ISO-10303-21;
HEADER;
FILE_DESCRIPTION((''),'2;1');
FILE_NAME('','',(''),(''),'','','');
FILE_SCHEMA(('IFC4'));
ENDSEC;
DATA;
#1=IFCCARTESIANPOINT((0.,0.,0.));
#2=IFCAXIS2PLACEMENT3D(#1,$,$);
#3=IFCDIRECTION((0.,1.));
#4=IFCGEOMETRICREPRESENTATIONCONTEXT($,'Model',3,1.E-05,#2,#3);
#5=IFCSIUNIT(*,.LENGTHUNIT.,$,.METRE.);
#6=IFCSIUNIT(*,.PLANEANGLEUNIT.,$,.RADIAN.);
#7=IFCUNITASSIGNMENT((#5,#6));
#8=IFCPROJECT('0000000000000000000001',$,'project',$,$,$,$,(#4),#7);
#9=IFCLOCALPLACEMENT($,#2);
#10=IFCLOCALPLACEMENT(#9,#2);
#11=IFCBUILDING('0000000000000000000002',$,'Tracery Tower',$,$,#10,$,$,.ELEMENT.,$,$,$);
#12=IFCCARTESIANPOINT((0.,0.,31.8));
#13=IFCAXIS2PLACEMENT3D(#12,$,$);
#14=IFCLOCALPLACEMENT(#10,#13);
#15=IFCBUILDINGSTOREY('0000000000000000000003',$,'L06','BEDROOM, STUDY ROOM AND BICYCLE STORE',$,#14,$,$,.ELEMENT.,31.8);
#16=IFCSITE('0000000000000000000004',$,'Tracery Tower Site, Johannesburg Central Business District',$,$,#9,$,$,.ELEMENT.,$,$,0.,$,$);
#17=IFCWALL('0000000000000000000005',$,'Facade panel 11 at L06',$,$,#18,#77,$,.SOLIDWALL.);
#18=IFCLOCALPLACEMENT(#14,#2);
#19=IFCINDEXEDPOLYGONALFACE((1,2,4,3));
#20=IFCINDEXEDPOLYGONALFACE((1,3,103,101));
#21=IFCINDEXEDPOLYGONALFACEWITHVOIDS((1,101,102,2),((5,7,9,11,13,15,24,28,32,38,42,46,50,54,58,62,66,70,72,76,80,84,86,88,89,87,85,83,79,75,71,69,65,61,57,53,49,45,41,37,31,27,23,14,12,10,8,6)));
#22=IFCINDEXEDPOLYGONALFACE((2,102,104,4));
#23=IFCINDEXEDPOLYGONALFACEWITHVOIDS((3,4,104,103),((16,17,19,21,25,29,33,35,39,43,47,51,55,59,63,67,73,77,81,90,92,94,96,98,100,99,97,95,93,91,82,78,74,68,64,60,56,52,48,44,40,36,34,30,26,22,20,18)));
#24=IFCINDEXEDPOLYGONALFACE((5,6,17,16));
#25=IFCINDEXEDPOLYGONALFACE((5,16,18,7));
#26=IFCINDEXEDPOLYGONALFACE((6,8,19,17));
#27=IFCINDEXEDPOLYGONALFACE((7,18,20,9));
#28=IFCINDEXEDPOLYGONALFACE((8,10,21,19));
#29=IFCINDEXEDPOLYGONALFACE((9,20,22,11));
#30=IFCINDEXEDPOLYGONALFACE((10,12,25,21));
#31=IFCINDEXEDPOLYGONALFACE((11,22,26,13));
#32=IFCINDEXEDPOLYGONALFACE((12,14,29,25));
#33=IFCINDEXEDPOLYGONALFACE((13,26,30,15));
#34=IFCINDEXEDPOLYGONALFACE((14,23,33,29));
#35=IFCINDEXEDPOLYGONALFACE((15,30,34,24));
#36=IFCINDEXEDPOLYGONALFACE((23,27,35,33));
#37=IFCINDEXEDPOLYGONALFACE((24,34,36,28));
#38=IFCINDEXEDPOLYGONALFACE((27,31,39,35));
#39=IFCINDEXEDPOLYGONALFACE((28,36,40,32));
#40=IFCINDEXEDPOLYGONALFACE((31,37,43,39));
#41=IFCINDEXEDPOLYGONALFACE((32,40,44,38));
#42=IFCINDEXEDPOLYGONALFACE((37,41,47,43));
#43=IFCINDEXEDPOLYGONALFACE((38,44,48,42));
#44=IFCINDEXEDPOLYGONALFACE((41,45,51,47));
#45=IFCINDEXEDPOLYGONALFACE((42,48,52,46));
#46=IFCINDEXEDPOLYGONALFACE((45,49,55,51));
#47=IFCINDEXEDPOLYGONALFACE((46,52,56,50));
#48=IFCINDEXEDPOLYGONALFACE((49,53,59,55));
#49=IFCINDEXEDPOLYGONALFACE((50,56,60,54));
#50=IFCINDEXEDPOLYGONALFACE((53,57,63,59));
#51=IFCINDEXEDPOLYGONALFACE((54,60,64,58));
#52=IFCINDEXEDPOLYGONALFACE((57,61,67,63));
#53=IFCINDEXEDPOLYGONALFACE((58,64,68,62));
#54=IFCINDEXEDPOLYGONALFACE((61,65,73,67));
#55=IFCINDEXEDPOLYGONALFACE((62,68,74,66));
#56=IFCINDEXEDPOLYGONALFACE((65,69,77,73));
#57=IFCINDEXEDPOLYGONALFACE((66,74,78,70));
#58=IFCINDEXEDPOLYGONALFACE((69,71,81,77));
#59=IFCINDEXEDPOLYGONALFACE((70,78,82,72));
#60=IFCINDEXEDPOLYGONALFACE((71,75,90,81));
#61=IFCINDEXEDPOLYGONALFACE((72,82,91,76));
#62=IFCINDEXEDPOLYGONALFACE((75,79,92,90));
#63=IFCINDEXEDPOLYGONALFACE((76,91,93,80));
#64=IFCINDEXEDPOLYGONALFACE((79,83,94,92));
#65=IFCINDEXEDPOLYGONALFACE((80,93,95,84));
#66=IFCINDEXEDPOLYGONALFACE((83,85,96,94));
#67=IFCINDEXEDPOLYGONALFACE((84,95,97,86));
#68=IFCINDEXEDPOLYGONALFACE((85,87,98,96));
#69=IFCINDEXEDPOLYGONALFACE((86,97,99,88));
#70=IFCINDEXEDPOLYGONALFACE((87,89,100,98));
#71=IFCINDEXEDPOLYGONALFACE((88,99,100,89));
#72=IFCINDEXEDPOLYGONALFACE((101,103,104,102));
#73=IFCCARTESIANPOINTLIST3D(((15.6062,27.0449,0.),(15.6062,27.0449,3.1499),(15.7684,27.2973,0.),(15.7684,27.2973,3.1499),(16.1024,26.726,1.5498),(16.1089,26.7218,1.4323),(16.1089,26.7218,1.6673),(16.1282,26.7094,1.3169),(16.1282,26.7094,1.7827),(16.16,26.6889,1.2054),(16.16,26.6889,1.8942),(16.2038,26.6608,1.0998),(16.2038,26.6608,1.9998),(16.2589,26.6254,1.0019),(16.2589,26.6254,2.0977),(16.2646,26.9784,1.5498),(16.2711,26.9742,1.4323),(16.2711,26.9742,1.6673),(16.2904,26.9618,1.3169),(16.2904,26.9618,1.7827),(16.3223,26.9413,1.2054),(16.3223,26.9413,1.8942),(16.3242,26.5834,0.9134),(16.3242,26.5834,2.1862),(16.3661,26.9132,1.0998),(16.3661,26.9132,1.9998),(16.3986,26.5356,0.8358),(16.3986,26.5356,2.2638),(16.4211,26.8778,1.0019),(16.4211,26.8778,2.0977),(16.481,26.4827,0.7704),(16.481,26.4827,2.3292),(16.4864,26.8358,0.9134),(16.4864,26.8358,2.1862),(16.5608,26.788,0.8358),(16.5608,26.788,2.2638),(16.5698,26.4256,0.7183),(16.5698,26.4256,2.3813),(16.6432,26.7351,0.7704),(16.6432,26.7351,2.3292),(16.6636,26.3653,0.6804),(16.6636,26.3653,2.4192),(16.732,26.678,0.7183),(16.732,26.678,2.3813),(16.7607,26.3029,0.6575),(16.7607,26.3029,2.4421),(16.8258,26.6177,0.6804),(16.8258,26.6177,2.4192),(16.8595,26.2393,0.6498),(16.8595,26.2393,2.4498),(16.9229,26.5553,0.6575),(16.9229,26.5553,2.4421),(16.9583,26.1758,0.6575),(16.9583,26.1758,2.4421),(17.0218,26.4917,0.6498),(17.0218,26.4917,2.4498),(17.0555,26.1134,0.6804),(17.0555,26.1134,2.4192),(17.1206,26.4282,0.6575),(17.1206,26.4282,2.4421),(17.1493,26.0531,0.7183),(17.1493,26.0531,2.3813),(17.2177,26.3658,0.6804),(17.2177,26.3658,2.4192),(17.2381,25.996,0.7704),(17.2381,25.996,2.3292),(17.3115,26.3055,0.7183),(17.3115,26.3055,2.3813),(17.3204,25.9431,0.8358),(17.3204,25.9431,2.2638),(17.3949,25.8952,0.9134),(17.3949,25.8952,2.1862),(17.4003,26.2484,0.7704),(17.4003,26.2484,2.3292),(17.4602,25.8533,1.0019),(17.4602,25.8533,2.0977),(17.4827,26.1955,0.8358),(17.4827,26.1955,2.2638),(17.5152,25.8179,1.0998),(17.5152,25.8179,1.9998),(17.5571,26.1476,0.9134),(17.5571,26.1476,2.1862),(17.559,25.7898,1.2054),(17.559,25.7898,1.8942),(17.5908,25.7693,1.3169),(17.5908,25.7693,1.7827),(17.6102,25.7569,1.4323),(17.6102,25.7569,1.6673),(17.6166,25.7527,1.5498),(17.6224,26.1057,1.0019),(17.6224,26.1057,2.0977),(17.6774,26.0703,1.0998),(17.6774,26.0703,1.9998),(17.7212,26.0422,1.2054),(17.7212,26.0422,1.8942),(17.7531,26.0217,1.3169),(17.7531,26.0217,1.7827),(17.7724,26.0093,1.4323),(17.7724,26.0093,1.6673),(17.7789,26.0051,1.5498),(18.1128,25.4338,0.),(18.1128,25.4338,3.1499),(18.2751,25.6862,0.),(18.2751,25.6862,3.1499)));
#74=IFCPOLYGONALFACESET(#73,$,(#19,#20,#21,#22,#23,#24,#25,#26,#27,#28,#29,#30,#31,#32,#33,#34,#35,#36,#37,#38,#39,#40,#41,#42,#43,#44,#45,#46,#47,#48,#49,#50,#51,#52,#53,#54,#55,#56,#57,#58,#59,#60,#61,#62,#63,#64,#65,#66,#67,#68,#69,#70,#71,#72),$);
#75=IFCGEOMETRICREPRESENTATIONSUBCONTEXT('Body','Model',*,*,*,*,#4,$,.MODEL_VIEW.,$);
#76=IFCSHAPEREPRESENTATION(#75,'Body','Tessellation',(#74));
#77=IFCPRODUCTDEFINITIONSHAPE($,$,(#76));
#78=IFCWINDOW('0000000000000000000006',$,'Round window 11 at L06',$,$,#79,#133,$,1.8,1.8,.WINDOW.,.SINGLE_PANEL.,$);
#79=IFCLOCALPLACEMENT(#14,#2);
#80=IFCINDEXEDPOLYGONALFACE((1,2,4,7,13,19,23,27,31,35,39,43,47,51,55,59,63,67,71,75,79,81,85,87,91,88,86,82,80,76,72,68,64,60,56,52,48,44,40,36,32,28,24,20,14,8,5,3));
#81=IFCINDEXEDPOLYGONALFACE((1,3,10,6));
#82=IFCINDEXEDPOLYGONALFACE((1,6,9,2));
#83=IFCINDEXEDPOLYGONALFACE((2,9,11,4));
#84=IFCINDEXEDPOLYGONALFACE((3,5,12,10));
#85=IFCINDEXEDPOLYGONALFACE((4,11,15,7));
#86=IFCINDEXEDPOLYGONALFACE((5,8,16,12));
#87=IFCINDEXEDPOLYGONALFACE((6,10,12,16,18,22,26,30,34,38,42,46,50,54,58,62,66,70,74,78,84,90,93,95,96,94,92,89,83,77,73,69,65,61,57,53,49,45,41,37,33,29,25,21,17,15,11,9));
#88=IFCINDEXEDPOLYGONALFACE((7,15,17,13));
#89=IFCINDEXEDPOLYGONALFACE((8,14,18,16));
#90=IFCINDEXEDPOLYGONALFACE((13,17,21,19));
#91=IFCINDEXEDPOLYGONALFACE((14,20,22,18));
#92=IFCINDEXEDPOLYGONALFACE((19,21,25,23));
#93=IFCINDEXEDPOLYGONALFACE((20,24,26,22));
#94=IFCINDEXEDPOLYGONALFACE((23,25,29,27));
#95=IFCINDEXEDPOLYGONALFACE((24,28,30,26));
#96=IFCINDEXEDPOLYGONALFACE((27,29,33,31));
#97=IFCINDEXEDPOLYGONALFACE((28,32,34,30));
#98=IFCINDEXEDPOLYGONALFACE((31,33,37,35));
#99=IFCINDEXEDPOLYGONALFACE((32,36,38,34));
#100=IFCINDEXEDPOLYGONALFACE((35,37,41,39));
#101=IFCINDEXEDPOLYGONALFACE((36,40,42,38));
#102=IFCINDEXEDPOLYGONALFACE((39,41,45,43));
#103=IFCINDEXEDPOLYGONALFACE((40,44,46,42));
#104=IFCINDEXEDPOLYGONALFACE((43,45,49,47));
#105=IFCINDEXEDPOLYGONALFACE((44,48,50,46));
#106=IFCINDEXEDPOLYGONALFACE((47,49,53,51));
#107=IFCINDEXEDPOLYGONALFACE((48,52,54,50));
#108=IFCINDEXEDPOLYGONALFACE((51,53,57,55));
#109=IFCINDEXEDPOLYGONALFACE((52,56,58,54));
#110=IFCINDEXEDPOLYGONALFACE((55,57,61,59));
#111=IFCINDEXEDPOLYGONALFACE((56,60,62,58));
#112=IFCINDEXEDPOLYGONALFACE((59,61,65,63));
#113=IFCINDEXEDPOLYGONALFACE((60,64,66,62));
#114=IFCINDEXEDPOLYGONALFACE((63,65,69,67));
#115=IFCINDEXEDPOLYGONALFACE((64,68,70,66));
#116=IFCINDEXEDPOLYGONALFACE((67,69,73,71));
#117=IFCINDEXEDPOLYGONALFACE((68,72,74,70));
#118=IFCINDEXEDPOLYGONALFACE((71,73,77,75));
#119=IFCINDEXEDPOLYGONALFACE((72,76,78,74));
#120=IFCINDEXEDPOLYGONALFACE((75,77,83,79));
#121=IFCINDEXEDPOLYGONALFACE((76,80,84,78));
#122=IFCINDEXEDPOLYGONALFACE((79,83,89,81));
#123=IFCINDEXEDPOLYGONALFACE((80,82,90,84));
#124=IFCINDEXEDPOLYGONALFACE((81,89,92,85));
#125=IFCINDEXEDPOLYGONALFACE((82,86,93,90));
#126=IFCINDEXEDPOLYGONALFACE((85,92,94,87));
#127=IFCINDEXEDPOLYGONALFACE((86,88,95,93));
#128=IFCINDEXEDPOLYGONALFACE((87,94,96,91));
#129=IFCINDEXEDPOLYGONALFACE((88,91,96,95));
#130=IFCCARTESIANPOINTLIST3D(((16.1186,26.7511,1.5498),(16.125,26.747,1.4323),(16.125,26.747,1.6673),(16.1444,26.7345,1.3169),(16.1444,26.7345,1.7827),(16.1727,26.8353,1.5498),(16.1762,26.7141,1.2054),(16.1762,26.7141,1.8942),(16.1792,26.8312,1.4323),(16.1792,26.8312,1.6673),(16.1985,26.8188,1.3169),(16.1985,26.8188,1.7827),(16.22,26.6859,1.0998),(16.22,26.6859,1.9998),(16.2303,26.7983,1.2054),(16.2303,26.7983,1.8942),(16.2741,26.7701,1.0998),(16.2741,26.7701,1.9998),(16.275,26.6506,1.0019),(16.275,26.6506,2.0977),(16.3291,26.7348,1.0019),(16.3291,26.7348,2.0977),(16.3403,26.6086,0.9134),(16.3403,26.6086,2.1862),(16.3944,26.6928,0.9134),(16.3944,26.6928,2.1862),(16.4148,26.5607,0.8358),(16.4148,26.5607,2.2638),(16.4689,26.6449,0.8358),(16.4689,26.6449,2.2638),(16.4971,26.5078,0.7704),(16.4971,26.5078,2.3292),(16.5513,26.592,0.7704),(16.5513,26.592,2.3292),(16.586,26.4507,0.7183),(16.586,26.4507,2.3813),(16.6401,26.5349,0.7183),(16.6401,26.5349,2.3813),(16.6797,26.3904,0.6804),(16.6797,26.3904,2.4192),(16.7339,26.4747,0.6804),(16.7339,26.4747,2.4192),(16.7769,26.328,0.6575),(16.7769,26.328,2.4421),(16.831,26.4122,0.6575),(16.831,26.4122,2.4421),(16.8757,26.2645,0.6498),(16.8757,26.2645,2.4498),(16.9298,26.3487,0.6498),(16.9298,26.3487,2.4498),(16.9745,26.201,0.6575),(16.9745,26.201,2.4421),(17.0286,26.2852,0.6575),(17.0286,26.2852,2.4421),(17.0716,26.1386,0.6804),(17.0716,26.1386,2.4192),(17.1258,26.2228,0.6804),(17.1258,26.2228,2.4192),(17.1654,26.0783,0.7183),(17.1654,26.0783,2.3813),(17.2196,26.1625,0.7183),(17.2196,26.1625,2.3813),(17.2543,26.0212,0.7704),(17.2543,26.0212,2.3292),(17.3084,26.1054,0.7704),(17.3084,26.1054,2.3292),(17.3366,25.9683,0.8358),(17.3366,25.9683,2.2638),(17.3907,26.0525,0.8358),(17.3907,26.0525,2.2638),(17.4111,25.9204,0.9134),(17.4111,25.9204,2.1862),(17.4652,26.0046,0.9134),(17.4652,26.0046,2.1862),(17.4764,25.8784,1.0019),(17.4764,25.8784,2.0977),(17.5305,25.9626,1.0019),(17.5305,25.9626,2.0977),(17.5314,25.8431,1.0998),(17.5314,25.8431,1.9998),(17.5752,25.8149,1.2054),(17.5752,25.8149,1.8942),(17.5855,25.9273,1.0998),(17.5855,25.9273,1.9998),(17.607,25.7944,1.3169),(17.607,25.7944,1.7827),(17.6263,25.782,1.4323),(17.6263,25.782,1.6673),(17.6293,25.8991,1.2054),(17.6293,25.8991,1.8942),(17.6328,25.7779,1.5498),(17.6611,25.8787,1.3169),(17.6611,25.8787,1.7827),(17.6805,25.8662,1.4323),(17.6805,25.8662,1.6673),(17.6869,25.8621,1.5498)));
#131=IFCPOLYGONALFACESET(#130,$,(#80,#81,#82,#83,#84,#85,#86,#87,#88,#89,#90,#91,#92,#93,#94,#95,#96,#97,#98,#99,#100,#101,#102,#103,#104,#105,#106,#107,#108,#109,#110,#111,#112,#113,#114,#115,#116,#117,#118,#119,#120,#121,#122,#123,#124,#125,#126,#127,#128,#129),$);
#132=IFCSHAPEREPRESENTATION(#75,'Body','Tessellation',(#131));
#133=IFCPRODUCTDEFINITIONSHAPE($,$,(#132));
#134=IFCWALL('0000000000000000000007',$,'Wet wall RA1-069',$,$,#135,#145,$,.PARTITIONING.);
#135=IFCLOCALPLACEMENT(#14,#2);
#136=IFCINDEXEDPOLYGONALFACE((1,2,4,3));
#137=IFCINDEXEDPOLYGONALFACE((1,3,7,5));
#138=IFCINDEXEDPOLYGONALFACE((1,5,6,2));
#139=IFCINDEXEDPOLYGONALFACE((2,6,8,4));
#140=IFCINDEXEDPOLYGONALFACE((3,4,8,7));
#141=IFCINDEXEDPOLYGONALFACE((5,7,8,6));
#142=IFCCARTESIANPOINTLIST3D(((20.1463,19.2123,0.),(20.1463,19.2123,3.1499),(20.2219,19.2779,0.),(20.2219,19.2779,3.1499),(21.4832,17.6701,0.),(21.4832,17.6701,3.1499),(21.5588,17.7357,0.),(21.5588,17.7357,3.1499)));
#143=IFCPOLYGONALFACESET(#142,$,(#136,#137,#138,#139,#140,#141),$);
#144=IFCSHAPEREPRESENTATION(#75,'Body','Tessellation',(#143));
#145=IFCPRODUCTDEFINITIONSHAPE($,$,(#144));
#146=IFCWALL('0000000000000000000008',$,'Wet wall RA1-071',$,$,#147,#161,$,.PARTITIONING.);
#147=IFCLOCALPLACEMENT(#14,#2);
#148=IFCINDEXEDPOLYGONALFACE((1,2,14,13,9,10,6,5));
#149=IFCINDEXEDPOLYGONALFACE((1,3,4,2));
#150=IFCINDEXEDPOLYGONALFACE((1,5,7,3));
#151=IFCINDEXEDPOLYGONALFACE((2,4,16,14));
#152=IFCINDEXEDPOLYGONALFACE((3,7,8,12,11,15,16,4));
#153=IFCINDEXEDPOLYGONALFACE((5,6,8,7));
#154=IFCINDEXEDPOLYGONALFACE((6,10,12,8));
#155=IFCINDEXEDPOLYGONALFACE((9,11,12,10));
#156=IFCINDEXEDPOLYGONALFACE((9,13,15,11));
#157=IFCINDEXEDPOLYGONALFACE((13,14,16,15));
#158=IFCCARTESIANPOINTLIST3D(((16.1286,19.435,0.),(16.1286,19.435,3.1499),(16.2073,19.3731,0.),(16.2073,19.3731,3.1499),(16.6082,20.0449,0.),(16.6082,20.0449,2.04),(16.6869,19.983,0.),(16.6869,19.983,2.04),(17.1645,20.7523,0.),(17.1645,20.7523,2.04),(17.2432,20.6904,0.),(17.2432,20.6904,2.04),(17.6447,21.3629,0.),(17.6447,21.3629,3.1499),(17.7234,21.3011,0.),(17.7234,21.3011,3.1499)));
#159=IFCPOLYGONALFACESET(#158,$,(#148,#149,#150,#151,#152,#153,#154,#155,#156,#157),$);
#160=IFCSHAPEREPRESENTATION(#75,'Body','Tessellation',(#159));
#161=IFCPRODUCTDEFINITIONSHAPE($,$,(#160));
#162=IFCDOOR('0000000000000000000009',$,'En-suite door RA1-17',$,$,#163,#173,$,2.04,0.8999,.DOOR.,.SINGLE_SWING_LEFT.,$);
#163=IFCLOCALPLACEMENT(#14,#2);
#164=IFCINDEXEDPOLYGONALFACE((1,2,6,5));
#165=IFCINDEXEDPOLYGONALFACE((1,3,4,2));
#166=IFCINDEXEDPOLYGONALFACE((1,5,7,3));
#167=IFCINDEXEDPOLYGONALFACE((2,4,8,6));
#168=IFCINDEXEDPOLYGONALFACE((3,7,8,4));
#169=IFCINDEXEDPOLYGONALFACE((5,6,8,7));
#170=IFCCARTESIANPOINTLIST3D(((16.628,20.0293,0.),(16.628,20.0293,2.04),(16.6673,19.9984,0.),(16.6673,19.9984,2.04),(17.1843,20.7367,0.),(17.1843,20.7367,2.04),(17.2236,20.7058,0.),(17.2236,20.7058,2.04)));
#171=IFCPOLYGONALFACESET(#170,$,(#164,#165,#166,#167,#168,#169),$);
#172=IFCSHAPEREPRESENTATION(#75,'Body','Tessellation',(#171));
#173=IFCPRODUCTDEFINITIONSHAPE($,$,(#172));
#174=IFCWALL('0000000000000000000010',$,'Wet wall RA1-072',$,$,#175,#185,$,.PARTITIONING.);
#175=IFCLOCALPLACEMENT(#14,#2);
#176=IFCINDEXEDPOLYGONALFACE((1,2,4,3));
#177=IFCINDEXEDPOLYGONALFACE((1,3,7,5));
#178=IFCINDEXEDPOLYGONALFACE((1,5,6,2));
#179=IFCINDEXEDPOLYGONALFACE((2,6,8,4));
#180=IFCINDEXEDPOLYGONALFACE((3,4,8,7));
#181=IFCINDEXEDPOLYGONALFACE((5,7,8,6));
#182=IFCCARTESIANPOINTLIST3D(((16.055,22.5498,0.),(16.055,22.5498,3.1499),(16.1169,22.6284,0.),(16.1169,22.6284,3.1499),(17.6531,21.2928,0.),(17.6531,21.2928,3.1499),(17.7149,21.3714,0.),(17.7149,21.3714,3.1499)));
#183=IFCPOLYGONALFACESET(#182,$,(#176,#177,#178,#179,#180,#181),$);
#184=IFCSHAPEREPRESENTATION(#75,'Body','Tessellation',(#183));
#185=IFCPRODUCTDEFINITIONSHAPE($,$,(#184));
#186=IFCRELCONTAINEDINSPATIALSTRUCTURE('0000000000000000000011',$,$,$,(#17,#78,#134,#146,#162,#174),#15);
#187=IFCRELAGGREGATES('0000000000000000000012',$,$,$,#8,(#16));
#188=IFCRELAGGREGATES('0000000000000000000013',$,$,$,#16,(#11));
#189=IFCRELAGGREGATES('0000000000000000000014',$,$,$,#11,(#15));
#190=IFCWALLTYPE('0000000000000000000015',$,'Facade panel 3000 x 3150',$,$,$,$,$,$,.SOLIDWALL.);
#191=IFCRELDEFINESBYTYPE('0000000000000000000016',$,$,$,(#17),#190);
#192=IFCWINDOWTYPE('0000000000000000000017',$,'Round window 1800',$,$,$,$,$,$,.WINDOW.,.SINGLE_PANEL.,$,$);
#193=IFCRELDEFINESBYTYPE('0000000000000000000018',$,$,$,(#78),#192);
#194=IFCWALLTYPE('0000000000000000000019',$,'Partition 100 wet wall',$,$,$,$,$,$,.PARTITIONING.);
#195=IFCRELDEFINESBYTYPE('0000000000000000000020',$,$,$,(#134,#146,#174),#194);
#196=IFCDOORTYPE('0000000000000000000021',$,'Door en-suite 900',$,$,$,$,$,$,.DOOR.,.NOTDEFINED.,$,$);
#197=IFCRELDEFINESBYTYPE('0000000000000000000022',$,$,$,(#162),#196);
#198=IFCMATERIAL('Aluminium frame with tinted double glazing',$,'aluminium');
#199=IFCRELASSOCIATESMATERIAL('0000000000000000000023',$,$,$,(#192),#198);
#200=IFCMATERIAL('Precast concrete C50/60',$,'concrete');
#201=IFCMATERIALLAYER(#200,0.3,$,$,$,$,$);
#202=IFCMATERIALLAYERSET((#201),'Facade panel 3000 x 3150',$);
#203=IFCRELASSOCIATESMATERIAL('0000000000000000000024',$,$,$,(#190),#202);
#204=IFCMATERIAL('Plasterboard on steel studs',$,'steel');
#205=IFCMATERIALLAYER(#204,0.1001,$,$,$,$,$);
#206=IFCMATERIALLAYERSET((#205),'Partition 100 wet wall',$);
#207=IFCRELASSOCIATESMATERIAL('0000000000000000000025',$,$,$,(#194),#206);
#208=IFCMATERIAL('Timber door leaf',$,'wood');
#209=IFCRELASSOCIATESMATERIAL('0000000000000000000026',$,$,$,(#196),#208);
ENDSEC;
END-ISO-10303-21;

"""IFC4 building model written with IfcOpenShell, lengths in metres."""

from ifc_helpers import new_model, si_unit, direction, frame, frame_2d, origin, origin_2d, place, context, subcontext, project, spatial, rectangle, circle, extrude, material, layer, layer_set, type_object, element, fill, save


model = new_model("IFC4")

# Units and contexts
model_context = context("Model", 3, precision=1e-05, world=origin(), true_north=direction((0.0, 1.0)))
body_context = subcontext(model_context, "Body", "Model", "MODEL_VIEW")
ifc_project = project(units=[si_unit("LENGTHUNIT", "METRE"), si_unit("PLANEANGLEUNIT", "RADIAN")], contexts=[model_context])

# Site, building, storey
site_placement = place(None, origin())
site = spatial("IfcSite", under=ifc_project, at=site_placement, Name="Tracery Tower Site, Johannesburg Central Business District", CompositionType="ELEMENT", RefElevation=0.0)
building_placement = place(site_placement, origin())
building = spatial("IfcBuilding", under=site, at=building_placement, Name="Tracery Tower", CompositionType="ELEMENT")
storey_placement = place(building_placement, frame((0.0, 0.0, 31.8)))
storey = spatial("IfcBuildingStorey", under=building, at=storey_placement, Name="L06", Description="BEDROOM, STUDY ROOM AND BICYCLE STORE", CompositionType="ELEMENT", Elevation=31.8)

# Wall, opening, window
ifc_material_1 = material(Name="Aluminium frame with tinted double glazing", Category="aluminium")
window_type = type_object("IfcWindowType", Name="Round window 1800", PartitioningType="SINGLE_PANEL", PredefinedType="WINDOW", material=ifc_material_1)
ifc_material_2 = material(Name="Precast concrete C50/60", Category="concrete")
ifc_layer_1 = layer(ifc_material_2, 0.3)
ifc_layer_set_1 = layer_set([ifc_layer_1], Name="Facade panel 3000 x 3150")
wall_type_1 = type_object("IfcWallType", Name="Facade panel 3000 x 3150", PredefinedType="SOLIDWALL", material=ifc_layer_set_1)
wall_1_placement = place(storey_placement, frame((18.1938, 25.5601, 0.0), z_axis=(0.0, 0.0, 1.0), x_axis=(-0.841224, 0.540687, 0.0)))
wall_1 = element("IfcWall", 1, at=wall_1_placement, inside=storey, type_object=wall_type_1, Name="Facade panel 11 at L06", PredefinedType="SOLIDWALL", context=body_context, shape_type="SweptSolid", body=[
    extrude(rectangle(XDim=2.9797, YDim=0.3, at=frame_2d((1.4897, 0.0))), origin(), (0.0, 0.0, 1.0), 3.1499),
])
opening_1_placement = place(wall_1_placement, frame((1.4897, 0.0, 1.5498)))
opening_1 = element("IfcOpeningElement", 2, at=opening_1_placement, cuts=wall_1, PredefinedType="OPENING", context=body_context, shape_type="SweptSolid", body=[
    extrude(circle(Radius=0.9, at=origin_2d()), frame((0.0, 0.1599, 0.0), z_axis=(0.0, -1.0, 0.0), x_axis=(1.0, 0.0, 0.0)), (0.0, 0.0, 1.0), 0.3201),
])
window_1_placement = place(opening_1_placement, origin())
window_1 = element("IfcWindow", 3, at=window_1_placement, inside=storey, type_object=window_type, Name="Round window 11 at L06", OverallHeight=1.8, OverallWidth=1.8, PartitioningType="SINGLE_PANEL", PredefinedType="WINDOW", context=body_context, shape_type="SweptSolid", body=[
    extrude(circle(Radius=0.9, at=origin_2d()), frame((0.0, 0.1201, 0.0), z_axis=(0.0, -1.0, 0.0), x_axis=(1.0, 0.0, 0.0)), (0.0, 0.0, 1.0), 0.1001),
])
fill(opening_1, window_1)

# Wall
ifc_material_3 = material(Name="Plasterboard on steel studs", Category="steel")
ifc_layer_2 = layer(ifc_material_3, 0.1001)
ifc_layer_set_2 = layer_set([ifc_layer_2], Name="Partition 100 wet wall")
wall_type_2 = type_object("IfcWallType", Name="Partition 100 wet wall", PredefinedType="PARTITIONING", material=ifc_layer_set_2)
wall_2_placement = place(storey_placement, frame((20.1841, 19.2451, 0.0), z_axis=(0.0, 0.0, 1.0), x_axis=(0.655017, -0.755614, 0.0)))
element("IfcWall", 4, at=wall_2_placement, inside=storey, type_object=wall_type_2, Name="Wet wall RA1-069", PredefinedType="PARTITIONING", context=body_context, shape_type="SweptSolid", body=[
    extrude(rectangle(XDim=2.041, YDim=0.1001, at=frame_2d((1.0205, 0.0))), origin(), (0.0, 0.0, 1.0), 3.1499),
])

# Wall, opening, door
wall_3_placement = place(storey_placement, frame((16.168, 19.4041, 0.0), z_axis=(0.0, 0.0, 1.0), x_axis=(0.618142, 0.786066, 0.0)))
wall_3 = element("IfcWall", 5, at=wall_3_placement, inside=storey, type_object=wall_type_2, Name="Wet wall RA1-071", PredefinedType="PARTITIONING", context=body_context, shape_type="SweptSolid", body=[
    extrude(rectangle(XDim=2.4526, YDim=0.1001, at=frame_2d((1.2263, 0.0))), origin(), (0.0, 0.0, 1.0), 3.1499),
])
opening_2_placement = place(wall_3_placement, frame((0.7759, 0.0, 0.0)))
opening_2 = element("IfcOpeningElement", 6, at=opening_2_placement, cuts=wall_3, PredefinedType="OPENING", context=body_context, shape_type="SweptSolid", body=[
    extrude(rectangle(XDim=0.8999, YDim=2.04, at=frame_2d((0.45, 1.02))), frame((0.0, 0.05, 0.0), z_axis=(0.0, -1.0, 0.0), x_axis=(1.0, 0.0, 0.0)), (0.0, 0.0, 1.0), 0.1001),
])
ifc_material_4 = material(Name="Timber door leaf", Category="wood")
door_type = type_object("IfcDoorType", Name="Door en-suite 900", OperationType="NOTDEFINED", PredefinedType="DOOR", material=ifc_material_4)
door_placement = place(opening_2_placement, origin())
door = element("IfcDoor", 7, at=door_placement, inside=storey, type_object=door_type, Name="En-suite door RA1-17", OperationType="SINGLE_SWING_LEFT", OverallHeight=2.04, OverallWidth=0.8999, PredefinedType="DOOR", context=body_context, shape_type="SweptSolid", body=[
    extrude(rectangle(XDim=0.8999, YDim=2.04, at=frame_2d((0.45, 1.02))), frame((0.0, 0.0249, 0.0), z_axis=(0.0, -1.0, 0.0), x_axis=(1.0, 0.0, 0.0)), (0.0, 0.0, 1.0), 0.05),
])
fill(opening_2, door)

# Wall
wall_4_placement = place(storey_placement, frame((16.0859, 22.5891, 0.0), z_axis=(0.0, 0.0, 1.0), x_axis=(0.785985, -0.618246, 0.0)))
element("IfcWall", 8, at=wall_4_placement, inside=storey, type_object=wall_type_2, Name="Wet wall RA1-072", PredefinedType="PARTITIONING", context=body_context, shape_type="SweptSolid", body=[
    extrude(rectangle(XDim=2.0332, YDim=0.1001, at=frame_2d((1.0166, 0.0))), origin(), (0.0, 0.0, 1.0), 3.1499),
])

save(model, "model.ifc")
